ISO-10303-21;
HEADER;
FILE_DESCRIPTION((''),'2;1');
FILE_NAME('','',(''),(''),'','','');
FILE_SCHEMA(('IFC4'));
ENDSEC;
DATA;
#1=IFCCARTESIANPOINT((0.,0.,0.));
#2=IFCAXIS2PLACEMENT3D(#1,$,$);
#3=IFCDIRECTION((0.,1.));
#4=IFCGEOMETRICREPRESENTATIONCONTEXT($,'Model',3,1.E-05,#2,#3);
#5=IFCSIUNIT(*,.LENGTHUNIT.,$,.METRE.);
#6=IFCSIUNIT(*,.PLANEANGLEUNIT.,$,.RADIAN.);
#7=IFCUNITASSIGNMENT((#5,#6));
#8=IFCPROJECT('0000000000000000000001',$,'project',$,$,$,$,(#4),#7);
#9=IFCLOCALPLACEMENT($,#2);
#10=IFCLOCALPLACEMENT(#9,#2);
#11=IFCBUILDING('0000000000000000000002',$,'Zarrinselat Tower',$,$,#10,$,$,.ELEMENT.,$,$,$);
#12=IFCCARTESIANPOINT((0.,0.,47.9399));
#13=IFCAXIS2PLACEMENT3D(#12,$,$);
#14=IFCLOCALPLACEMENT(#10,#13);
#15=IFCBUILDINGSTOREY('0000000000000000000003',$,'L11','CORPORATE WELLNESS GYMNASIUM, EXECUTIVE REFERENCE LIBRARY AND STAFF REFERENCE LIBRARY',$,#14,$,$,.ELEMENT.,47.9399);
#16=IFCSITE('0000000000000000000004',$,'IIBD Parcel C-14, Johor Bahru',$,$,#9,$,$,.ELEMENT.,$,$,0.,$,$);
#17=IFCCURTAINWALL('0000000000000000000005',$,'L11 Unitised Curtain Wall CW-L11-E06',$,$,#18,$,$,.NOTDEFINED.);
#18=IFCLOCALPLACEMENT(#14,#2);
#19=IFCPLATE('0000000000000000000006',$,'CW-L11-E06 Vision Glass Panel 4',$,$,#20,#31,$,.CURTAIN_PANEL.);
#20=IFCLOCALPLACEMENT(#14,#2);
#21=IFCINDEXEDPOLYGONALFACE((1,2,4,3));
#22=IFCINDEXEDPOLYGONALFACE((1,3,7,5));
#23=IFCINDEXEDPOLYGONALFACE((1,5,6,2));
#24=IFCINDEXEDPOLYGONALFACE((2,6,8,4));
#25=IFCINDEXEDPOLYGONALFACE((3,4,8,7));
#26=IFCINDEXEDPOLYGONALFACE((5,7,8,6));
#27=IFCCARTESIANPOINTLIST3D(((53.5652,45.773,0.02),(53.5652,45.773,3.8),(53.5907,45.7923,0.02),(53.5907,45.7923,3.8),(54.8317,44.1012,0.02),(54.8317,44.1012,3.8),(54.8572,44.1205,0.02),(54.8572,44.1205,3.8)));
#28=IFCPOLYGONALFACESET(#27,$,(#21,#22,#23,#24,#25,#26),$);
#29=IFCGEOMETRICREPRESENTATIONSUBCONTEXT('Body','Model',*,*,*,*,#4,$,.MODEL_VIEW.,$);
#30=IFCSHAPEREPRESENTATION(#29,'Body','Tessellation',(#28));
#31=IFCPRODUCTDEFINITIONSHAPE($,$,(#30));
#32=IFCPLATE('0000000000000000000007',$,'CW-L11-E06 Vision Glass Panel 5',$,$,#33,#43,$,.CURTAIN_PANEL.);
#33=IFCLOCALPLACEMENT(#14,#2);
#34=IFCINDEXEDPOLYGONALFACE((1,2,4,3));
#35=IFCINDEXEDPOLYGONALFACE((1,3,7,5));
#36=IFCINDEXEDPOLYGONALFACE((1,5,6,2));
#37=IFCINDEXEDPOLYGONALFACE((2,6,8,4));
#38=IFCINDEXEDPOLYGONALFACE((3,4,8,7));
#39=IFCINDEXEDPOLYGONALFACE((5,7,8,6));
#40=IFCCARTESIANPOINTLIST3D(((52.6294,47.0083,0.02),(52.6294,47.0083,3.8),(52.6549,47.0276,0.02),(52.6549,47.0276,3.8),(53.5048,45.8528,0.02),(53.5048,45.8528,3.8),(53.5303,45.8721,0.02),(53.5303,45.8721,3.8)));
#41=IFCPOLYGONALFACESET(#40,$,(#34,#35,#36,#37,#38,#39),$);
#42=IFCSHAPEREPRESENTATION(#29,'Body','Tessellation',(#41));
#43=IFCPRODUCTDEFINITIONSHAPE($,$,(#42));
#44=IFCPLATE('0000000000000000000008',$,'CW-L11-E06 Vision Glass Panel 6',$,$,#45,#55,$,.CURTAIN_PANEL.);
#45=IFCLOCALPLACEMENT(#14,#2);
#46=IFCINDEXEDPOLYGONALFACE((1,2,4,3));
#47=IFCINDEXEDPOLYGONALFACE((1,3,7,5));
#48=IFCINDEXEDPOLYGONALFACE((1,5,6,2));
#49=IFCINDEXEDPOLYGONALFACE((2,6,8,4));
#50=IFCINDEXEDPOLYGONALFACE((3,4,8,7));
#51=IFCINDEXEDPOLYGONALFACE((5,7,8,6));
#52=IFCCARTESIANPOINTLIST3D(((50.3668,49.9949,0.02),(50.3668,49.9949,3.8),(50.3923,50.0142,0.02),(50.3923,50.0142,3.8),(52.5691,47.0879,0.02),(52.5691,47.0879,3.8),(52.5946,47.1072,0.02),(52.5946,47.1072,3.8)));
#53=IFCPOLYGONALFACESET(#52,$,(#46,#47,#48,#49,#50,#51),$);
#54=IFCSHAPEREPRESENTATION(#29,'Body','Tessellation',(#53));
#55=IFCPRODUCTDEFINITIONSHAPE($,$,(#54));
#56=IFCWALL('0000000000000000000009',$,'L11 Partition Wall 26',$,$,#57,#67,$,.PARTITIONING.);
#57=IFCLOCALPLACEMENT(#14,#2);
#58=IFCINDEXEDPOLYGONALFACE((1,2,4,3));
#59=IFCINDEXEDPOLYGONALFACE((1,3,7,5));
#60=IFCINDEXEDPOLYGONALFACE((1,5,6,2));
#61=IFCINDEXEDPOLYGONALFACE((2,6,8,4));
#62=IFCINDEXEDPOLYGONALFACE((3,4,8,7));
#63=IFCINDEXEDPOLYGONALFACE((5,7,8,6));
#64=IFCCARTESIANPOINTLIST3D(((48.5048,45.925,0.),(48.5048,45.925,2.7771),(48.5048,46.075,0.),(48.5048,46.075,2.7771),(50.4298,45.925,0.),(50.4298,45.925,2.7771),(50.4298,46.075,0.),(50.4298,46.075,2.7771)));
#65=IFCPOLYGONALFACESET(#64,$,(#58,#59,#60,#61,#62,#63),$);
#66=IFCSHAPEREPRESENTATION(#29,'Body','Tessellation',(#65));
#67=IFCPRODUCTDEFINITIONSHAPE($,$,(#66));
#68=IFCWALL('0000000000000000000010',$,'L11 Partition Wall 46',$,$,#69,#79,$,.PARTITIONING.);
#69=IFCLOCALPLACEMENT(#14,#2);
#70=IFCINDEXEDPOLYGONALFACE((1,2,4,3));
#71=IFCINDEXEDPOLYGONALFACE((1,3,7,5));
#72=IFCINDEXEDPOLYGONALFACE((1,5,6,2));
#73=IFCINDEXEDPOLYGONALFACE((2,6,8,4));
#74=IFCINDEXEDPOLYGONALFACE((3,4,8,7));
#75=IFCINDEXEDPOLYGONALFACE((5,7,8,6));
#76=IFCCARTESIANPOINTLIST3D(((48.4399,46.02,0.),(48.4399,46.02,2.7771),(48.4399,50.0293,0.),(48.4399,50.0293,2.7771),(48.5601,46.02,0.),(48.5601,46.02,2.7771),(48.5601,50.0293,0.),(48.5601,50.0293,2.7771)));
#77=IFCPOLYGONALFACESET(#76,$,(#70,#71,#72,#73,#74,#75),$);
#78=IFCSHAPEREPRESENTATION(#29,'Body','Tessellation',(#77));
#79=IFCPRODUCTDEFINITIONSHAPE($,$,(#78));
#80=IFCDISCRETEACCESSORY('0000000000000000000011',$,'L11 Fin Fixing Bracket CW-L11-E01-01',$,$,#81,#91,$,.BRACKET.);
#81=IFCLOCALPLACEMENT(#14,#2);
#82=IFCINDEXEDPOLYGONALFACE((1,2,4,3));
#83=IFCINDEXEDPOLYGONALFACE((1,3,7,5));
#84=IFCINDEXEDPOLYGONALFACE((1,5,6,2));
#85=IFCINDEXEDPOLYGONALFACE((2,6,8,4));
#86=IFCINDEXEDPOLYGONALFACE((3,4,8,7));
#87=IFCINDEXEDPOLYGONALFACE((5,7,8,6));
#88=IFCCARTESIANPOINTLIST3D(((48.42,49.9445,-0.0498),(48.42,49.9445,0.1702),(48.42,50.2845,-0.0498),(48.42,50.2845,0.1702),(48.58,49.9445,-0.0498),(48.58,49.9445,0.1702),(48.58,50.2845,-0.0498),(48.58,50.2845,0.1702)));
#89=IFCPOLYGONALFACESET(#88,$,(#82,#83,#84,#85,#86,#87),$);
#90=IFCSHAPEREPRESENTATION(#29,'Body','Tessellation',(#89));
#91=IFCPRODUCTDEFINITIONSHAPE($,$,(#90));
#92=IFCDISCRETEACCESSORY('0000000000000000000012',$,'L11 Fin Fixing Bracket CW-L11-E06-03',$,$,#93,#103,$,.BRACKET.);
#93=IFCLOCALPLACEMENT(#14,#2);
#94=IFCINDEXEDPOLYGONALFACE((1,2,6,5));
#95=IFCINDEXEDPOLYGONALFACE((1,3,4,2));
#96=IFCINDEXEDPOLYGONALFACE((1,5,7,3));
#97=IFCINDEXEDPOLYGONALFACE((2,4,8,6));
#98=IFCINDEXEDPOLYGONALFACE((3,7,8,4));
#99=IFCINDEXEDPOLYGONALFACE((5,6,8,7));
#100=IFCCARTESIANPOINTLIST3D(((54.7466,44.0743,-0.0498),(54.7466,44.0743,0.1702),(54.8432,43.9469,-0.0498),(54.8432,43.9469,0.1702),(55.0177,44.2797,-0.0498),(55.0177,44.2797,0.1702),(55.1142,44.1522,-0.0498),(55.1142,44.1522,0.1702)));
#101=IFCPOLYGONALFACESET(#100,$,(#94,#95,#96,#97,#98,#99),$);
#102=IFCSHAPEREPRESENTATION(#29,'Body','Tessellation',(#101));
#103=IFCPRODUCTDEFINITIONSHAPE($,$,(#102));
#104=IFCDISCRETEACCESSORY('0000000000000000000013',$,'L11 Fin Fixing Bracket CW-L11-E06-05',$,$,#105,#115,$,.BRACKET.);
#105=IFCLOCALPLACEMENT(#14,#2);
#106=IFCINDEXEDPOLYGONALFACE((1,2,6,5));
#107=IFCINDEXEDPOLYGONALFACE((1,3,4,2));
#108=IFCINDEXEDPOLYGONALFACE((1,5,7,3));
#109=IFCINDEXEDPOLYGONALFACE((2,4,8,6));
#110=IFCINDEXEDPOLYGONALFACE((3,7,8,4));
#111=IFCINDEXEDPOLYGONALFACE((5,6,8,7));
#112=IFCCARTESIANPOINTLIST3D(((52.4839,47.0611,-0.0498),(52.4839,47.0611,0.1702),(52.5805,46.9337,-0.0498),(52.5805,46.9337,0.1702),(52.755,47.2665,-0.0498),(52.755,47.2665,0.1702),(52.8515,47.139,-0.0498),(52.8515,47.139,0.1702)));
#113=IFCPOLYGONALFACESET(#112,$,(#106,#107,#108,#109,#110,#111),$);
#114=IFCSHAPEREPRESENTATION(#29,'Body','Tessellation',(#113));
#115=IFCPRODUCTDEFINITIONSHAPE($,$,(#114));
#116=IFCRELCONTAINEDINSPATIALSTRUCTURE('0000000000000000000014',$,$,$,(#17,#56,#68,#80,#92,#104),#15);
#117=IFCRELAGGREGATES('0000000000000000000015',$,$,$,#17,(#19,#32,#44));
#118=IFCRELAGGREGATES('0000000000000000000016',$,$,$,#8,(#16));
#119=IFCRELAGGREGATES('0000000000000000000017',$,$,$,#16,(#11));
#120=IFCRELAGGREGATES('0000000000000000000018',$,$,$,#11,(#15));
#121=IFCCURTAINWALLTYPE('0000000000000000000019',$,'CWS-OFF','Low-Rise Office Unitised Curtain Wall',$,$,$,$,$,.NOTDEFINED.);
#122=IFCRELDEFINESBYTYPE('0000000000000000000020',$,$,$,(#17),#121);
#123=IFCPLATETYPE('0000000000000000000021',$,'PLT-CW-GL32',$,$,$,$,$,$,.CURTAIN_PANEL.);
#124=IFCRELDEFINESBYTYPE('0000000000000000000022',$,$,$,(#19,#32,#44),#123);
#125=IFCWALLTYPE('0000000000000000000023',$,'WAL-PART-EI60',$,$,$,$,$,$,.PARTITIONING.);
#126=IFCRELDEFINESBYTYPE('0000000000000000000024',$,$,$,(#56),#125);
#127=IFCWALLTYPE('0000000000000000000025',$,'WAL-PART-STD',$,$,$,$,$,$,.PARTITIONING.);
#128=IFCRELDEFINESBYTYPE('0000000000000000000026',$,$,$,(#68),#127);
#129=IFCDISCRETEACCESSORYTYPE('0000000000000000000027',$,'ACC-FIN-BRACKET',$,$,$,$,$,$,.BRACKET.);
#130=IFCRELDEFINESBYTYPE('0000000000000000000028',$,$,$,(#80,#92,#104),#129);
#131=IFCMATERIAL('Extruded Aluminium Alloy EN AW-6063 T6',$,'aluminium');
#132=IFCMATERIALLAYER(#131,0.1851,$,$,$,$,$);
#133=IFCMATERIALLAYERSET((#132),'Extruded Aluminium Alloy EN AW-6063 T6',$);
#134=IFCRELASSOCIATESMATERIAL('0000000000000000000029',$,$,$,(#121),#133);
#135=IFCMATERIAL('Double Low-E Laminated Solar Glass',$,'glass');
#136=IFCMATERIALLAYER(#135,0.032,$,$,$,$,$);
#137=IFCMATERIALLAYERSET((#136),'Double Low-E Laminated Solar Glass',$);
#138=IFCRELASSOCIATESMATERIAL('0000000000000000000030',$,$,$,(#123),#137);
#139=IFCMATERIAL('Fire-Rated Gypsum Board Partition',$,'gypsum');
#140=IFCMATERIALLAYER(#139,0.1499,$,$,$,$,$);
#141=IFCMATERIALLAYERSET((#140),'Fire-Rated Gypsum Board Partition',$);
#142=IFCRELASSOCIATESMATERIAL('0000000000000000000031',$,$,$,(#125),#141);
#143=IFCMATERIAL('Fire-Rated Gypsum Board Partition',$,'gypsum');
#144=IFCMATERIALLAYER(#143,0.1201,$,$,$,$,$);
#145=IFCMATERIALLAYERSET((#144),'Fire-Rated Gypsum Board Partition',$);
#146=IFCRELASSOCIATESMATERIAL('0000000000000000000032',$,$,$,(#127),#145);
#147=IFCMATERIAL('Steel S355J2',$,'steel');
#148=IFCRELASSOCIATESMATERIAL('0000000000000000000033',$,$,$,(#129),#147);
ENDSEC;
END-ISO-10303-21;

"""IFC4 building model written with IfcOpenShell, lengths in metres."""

from ifc_helpers import new_model, si_unit, direction, frame, frame_2d, origin, origin_2d, place, context, subcontext, project, spatial, rectangle, extrude, material, layer, layer_set, type_object, element, aggregate, save


model = new_model("IFC4")

# Units and contexts
model_context = context("Model", 3, precision=1e-05, world=origin(), true_north=direction((0.0, 1.0)))
body_context = subcontext(model_context, "Body", "Model", "MODEL_VIEW")
ifc_project = project(units=[si_unit("LENGTHUNIT", "METRE"), si_unit("PLANEANGLEUNIT", "RADIAN")], contexts=[model_context])

# Site, building, storey
site_placement = place(None, origin())
site = spatial("IfcSite", under=ifc_project, at=site_placement, Name="IIBD Parcel C-14, Johor Bahru", CompositionType="ELEMENT", RefElevation=0.0)
building_placement = place(site_placement, origin())
building = spatial("IfcBuilding", under=site, at=building_placement, Name="Zarrinselat Tower", CompositionType="ELEMENT")
storey_placement = place(building_placement, frame((0.0, 0.0, 47.9399)))
storey = spatial("IfcBuildingStorey", under=building, at=storey_placement, Name="L11", Description="CORPORATE WELLNESS GYMNASIUM, EXECUTIVE REFERENCE LIBRARY AND STAFF REFERENCE LIBRARY", CompositionType="ELEMENT", Elevation=47.9399)

# Curtain wall
ifc_material_1 = material(Name="Extruded Aluminium Alloy EN AW-6063 T6", Category="aluminium")
ifc_layer_1 = layer(ifc_material_1, 0.1851)
ifc_layer_set_1 = layer_set([ifc_layer_1], Name="Extruded Aluminium Alloy EN AW-6063 T6")
curtain_wall_type = type_object("IfcCurtainWallType", Name="CWS-OFF", Description="Low-Rise Office Unitised Curtain Wall", PredefinedType="NOTDEFINED", material=ifc_layer_set_1)
curtain_wall_1_placement = place(storey_placement, origin())
curtain_wall_1 = element("IfcCurtainWall", 1, at=curtain_wall_1_placement, inside=storey, type_object=curtain_wall_type, Name="L11 Unitised Curtain Wall CW-L11-E06", PredefinedType="NOTDEFINED")

# Plates
ifc_material_2 = material(Name="Double Low-E Laminated Solar Glass", Category="glass")
ifc_layer_2 = layer(ifc_material_2, 0.032)
ifc_layer_set_2 = layer_set([ifc_layer_2], Name="Double Low-E Laminated Solar Glass")
plate_type = type_object("IfcPlateType", Name="PLT-CW-GL32", PredefinedType="CURTAIN_PANEL", material=ifc_layer_set_2)
plate_1_placement = place(storey_placement, frame((54.2112, 44.9468, 0.02), z_axis=(0.0, 0.0, 1.0), x_axis=(-0.603858, 0.797092, 0.0)))
plate_1 = element("IfcPlate", 2, at=plate_1_placement, type_object=plate_type, Name="CW-L11-E06 Vision Glass Panel 4", PredefinedType="CURTAIN_PANEL", context=body_context, shape_type="SweptSolid", body=[
    extrude(rectangle(XDim=2.0974, YDim=0.032, at=origin_2d()), origin(), (0.0, 0.0, 1.0), 3.78),
])
plate_2_placement = place(storey_placement, frame((53.0798, 46.4402, 0.02), z_axis=(0.0, 0.0, 1.0), x_axis=(-0.603858, 0.797092, 0.0)))
plate_2 = element("IfcPlate", 3, at=plate_2_placement, type_object=plate_type, Name="CW-L11-E06 Vision Glass Panel 5", PredefinedType="CURTAIN_PANEL", context=body_context, shape_type="SweptSolid", body=[
    extrude(rectangle(XDim=1.4497, YDim=0.032, at=origin_2d()), origin(), (0.0, 0.0, 1.0), 3.78),
])
plate_3_placement = place(storey_placement, frame((51.4807, 48.551, 0.02), z_axis=(0.0, 0.0, 1.0), x_axis=(-0.603858, 0.797092, 0.0)))
plate_3 = element("IfcPlate", 4, at=plate_3_placement, type_object=plate_type, Name="CW-L11-E06 Vision Glass Panel 6", PredefinedType="CURTAIN_PANEL", context=body_context, shape_type="SweptSolid", body=[
    extrude(rectangle(XDim=3.647, YDim=0.032, at=origin_2d()), origin(), (0.0, 0.0, 1.0), 3.78),
])
aggregate(curtain_wall_1, [plate_1, plate_2, plate_3])

# Walls
ifc_material_3 = material(Name="Fire-Rated Gypsum Board Partition", Category="gypsum")
ifc_layer_3 = layer(ifc_material_3, 0.1499)
ifc_layer_set_3 = layer_set([ifc_layer_3], Name="Fire-Rated Gypsum Board Partition")
wall_type_1 = type_object("IfcWallType", Name="WAL-PART-EI60", PredefinedType="PARTITIONING", material=ifc_layer_set_3)
wall_1_placement = place(storey_placement, frame((48.5049, 46.0, 0.0), z_axis=(0.0, 0.0, 1.0), x_axis=(1.0, 0.0, 0.0)))
element("IfcWall", 5, at=wall_1_placement, inside=storey, type_object=wall_type_1, Name="L11 Partition Wall 26", PredefinedType="PARTITIONING", context=body_context, shape_type="SweptSolid", body=[
    extrude(rectangle(XDim=1.925, YDim=0.1499, at=frame_2d((0.9624, 0.0))), origin(), (0.0, 0.0, 1.0), 2.7771),
])
ifc_material_4 = material(Name="Fire-Rated Gypsum Board Partition", Category="gypsum")
ifc_layer_4 = layer(ifc_material_4, 0.1201)
ifc_layer_set_4 = layer_set([ifc_layer_4], Name="Fire-Rated Gypsum Board Partition")
wall_type_2 = type_object("IfcWallType", Name="WAL-PART-STD", PredefinedType="PARTITIONING", material=ifc_layer_set_4)
wall_2_placement = place(storey_placement, frame((48.5, 46.02, 0.0), z_axis=(0.0, 0.0, 1.0), x_axis=(0.0, 1.0, 0.0)))
element("IfcWall", 6, at=wall_2_placement, inside=storey, type_object=wall_type_2, Name="L11 Partition Wall 46", PredefinedType="PARTITIONING", context=body_context, shape_type="SweptSolid", body=[
    extrude(rectangle(XDim=4.0093, YDim=0.1201, at=frame_2d((2.0046, 0.0))), origin(), (0.0, 0.0, 1.0), 2.7771),
])

# Discrete accessories
ifc_material_5 = material(Name="Steel S355J2", Category="steel")
discrete_accessory_type = type_object("IfcDiscreteAccessoryType", Name="ACC-FIN-BRACKET", PredefinedType="BRACKET", material=ifc_material_5)
for number, where, z_axis, x_axis, name in (
    (7, (48.5, 50.1145, -0.0498), (0.0, 0.0, 1.0), (0.0, 1.0, 0.0), "L11 Fin Fixing Bracket CW-L11-E01-01"),
    (8, (54.9304, 44.1133, -0.0498), (0.0, 0.0, 1.0), (0.797092, 0.603858, 0.0), "L11 Fin Fixing Bracket CW-L11-E06-03"),
    (9, (52.6677, 47.1001, -0.0498), (0.0, 0.0, 1.0), (0.797092, 0.603858, 0.0), "L11 Fin Fixing Bracket CW-L11-E06-05"),
):
    element("IfcDiscreteAccessory", number, at=place(storey_placement, frame(where, z_axis=z_axis, x_axis=x_axis)), inside=storey, type_object=discrete_accessory_type, Name=name, PredefinedType="BRACKET", context=body_context, shape_type="SweptSolid", body=[
        extrude(rectangle(XDim=0.3401, YDim=0.1599, at=origin_2d()), origin(), (0.0, 0.0, 1.0), 0.22),
    ])

save(model, "model.ifc")
